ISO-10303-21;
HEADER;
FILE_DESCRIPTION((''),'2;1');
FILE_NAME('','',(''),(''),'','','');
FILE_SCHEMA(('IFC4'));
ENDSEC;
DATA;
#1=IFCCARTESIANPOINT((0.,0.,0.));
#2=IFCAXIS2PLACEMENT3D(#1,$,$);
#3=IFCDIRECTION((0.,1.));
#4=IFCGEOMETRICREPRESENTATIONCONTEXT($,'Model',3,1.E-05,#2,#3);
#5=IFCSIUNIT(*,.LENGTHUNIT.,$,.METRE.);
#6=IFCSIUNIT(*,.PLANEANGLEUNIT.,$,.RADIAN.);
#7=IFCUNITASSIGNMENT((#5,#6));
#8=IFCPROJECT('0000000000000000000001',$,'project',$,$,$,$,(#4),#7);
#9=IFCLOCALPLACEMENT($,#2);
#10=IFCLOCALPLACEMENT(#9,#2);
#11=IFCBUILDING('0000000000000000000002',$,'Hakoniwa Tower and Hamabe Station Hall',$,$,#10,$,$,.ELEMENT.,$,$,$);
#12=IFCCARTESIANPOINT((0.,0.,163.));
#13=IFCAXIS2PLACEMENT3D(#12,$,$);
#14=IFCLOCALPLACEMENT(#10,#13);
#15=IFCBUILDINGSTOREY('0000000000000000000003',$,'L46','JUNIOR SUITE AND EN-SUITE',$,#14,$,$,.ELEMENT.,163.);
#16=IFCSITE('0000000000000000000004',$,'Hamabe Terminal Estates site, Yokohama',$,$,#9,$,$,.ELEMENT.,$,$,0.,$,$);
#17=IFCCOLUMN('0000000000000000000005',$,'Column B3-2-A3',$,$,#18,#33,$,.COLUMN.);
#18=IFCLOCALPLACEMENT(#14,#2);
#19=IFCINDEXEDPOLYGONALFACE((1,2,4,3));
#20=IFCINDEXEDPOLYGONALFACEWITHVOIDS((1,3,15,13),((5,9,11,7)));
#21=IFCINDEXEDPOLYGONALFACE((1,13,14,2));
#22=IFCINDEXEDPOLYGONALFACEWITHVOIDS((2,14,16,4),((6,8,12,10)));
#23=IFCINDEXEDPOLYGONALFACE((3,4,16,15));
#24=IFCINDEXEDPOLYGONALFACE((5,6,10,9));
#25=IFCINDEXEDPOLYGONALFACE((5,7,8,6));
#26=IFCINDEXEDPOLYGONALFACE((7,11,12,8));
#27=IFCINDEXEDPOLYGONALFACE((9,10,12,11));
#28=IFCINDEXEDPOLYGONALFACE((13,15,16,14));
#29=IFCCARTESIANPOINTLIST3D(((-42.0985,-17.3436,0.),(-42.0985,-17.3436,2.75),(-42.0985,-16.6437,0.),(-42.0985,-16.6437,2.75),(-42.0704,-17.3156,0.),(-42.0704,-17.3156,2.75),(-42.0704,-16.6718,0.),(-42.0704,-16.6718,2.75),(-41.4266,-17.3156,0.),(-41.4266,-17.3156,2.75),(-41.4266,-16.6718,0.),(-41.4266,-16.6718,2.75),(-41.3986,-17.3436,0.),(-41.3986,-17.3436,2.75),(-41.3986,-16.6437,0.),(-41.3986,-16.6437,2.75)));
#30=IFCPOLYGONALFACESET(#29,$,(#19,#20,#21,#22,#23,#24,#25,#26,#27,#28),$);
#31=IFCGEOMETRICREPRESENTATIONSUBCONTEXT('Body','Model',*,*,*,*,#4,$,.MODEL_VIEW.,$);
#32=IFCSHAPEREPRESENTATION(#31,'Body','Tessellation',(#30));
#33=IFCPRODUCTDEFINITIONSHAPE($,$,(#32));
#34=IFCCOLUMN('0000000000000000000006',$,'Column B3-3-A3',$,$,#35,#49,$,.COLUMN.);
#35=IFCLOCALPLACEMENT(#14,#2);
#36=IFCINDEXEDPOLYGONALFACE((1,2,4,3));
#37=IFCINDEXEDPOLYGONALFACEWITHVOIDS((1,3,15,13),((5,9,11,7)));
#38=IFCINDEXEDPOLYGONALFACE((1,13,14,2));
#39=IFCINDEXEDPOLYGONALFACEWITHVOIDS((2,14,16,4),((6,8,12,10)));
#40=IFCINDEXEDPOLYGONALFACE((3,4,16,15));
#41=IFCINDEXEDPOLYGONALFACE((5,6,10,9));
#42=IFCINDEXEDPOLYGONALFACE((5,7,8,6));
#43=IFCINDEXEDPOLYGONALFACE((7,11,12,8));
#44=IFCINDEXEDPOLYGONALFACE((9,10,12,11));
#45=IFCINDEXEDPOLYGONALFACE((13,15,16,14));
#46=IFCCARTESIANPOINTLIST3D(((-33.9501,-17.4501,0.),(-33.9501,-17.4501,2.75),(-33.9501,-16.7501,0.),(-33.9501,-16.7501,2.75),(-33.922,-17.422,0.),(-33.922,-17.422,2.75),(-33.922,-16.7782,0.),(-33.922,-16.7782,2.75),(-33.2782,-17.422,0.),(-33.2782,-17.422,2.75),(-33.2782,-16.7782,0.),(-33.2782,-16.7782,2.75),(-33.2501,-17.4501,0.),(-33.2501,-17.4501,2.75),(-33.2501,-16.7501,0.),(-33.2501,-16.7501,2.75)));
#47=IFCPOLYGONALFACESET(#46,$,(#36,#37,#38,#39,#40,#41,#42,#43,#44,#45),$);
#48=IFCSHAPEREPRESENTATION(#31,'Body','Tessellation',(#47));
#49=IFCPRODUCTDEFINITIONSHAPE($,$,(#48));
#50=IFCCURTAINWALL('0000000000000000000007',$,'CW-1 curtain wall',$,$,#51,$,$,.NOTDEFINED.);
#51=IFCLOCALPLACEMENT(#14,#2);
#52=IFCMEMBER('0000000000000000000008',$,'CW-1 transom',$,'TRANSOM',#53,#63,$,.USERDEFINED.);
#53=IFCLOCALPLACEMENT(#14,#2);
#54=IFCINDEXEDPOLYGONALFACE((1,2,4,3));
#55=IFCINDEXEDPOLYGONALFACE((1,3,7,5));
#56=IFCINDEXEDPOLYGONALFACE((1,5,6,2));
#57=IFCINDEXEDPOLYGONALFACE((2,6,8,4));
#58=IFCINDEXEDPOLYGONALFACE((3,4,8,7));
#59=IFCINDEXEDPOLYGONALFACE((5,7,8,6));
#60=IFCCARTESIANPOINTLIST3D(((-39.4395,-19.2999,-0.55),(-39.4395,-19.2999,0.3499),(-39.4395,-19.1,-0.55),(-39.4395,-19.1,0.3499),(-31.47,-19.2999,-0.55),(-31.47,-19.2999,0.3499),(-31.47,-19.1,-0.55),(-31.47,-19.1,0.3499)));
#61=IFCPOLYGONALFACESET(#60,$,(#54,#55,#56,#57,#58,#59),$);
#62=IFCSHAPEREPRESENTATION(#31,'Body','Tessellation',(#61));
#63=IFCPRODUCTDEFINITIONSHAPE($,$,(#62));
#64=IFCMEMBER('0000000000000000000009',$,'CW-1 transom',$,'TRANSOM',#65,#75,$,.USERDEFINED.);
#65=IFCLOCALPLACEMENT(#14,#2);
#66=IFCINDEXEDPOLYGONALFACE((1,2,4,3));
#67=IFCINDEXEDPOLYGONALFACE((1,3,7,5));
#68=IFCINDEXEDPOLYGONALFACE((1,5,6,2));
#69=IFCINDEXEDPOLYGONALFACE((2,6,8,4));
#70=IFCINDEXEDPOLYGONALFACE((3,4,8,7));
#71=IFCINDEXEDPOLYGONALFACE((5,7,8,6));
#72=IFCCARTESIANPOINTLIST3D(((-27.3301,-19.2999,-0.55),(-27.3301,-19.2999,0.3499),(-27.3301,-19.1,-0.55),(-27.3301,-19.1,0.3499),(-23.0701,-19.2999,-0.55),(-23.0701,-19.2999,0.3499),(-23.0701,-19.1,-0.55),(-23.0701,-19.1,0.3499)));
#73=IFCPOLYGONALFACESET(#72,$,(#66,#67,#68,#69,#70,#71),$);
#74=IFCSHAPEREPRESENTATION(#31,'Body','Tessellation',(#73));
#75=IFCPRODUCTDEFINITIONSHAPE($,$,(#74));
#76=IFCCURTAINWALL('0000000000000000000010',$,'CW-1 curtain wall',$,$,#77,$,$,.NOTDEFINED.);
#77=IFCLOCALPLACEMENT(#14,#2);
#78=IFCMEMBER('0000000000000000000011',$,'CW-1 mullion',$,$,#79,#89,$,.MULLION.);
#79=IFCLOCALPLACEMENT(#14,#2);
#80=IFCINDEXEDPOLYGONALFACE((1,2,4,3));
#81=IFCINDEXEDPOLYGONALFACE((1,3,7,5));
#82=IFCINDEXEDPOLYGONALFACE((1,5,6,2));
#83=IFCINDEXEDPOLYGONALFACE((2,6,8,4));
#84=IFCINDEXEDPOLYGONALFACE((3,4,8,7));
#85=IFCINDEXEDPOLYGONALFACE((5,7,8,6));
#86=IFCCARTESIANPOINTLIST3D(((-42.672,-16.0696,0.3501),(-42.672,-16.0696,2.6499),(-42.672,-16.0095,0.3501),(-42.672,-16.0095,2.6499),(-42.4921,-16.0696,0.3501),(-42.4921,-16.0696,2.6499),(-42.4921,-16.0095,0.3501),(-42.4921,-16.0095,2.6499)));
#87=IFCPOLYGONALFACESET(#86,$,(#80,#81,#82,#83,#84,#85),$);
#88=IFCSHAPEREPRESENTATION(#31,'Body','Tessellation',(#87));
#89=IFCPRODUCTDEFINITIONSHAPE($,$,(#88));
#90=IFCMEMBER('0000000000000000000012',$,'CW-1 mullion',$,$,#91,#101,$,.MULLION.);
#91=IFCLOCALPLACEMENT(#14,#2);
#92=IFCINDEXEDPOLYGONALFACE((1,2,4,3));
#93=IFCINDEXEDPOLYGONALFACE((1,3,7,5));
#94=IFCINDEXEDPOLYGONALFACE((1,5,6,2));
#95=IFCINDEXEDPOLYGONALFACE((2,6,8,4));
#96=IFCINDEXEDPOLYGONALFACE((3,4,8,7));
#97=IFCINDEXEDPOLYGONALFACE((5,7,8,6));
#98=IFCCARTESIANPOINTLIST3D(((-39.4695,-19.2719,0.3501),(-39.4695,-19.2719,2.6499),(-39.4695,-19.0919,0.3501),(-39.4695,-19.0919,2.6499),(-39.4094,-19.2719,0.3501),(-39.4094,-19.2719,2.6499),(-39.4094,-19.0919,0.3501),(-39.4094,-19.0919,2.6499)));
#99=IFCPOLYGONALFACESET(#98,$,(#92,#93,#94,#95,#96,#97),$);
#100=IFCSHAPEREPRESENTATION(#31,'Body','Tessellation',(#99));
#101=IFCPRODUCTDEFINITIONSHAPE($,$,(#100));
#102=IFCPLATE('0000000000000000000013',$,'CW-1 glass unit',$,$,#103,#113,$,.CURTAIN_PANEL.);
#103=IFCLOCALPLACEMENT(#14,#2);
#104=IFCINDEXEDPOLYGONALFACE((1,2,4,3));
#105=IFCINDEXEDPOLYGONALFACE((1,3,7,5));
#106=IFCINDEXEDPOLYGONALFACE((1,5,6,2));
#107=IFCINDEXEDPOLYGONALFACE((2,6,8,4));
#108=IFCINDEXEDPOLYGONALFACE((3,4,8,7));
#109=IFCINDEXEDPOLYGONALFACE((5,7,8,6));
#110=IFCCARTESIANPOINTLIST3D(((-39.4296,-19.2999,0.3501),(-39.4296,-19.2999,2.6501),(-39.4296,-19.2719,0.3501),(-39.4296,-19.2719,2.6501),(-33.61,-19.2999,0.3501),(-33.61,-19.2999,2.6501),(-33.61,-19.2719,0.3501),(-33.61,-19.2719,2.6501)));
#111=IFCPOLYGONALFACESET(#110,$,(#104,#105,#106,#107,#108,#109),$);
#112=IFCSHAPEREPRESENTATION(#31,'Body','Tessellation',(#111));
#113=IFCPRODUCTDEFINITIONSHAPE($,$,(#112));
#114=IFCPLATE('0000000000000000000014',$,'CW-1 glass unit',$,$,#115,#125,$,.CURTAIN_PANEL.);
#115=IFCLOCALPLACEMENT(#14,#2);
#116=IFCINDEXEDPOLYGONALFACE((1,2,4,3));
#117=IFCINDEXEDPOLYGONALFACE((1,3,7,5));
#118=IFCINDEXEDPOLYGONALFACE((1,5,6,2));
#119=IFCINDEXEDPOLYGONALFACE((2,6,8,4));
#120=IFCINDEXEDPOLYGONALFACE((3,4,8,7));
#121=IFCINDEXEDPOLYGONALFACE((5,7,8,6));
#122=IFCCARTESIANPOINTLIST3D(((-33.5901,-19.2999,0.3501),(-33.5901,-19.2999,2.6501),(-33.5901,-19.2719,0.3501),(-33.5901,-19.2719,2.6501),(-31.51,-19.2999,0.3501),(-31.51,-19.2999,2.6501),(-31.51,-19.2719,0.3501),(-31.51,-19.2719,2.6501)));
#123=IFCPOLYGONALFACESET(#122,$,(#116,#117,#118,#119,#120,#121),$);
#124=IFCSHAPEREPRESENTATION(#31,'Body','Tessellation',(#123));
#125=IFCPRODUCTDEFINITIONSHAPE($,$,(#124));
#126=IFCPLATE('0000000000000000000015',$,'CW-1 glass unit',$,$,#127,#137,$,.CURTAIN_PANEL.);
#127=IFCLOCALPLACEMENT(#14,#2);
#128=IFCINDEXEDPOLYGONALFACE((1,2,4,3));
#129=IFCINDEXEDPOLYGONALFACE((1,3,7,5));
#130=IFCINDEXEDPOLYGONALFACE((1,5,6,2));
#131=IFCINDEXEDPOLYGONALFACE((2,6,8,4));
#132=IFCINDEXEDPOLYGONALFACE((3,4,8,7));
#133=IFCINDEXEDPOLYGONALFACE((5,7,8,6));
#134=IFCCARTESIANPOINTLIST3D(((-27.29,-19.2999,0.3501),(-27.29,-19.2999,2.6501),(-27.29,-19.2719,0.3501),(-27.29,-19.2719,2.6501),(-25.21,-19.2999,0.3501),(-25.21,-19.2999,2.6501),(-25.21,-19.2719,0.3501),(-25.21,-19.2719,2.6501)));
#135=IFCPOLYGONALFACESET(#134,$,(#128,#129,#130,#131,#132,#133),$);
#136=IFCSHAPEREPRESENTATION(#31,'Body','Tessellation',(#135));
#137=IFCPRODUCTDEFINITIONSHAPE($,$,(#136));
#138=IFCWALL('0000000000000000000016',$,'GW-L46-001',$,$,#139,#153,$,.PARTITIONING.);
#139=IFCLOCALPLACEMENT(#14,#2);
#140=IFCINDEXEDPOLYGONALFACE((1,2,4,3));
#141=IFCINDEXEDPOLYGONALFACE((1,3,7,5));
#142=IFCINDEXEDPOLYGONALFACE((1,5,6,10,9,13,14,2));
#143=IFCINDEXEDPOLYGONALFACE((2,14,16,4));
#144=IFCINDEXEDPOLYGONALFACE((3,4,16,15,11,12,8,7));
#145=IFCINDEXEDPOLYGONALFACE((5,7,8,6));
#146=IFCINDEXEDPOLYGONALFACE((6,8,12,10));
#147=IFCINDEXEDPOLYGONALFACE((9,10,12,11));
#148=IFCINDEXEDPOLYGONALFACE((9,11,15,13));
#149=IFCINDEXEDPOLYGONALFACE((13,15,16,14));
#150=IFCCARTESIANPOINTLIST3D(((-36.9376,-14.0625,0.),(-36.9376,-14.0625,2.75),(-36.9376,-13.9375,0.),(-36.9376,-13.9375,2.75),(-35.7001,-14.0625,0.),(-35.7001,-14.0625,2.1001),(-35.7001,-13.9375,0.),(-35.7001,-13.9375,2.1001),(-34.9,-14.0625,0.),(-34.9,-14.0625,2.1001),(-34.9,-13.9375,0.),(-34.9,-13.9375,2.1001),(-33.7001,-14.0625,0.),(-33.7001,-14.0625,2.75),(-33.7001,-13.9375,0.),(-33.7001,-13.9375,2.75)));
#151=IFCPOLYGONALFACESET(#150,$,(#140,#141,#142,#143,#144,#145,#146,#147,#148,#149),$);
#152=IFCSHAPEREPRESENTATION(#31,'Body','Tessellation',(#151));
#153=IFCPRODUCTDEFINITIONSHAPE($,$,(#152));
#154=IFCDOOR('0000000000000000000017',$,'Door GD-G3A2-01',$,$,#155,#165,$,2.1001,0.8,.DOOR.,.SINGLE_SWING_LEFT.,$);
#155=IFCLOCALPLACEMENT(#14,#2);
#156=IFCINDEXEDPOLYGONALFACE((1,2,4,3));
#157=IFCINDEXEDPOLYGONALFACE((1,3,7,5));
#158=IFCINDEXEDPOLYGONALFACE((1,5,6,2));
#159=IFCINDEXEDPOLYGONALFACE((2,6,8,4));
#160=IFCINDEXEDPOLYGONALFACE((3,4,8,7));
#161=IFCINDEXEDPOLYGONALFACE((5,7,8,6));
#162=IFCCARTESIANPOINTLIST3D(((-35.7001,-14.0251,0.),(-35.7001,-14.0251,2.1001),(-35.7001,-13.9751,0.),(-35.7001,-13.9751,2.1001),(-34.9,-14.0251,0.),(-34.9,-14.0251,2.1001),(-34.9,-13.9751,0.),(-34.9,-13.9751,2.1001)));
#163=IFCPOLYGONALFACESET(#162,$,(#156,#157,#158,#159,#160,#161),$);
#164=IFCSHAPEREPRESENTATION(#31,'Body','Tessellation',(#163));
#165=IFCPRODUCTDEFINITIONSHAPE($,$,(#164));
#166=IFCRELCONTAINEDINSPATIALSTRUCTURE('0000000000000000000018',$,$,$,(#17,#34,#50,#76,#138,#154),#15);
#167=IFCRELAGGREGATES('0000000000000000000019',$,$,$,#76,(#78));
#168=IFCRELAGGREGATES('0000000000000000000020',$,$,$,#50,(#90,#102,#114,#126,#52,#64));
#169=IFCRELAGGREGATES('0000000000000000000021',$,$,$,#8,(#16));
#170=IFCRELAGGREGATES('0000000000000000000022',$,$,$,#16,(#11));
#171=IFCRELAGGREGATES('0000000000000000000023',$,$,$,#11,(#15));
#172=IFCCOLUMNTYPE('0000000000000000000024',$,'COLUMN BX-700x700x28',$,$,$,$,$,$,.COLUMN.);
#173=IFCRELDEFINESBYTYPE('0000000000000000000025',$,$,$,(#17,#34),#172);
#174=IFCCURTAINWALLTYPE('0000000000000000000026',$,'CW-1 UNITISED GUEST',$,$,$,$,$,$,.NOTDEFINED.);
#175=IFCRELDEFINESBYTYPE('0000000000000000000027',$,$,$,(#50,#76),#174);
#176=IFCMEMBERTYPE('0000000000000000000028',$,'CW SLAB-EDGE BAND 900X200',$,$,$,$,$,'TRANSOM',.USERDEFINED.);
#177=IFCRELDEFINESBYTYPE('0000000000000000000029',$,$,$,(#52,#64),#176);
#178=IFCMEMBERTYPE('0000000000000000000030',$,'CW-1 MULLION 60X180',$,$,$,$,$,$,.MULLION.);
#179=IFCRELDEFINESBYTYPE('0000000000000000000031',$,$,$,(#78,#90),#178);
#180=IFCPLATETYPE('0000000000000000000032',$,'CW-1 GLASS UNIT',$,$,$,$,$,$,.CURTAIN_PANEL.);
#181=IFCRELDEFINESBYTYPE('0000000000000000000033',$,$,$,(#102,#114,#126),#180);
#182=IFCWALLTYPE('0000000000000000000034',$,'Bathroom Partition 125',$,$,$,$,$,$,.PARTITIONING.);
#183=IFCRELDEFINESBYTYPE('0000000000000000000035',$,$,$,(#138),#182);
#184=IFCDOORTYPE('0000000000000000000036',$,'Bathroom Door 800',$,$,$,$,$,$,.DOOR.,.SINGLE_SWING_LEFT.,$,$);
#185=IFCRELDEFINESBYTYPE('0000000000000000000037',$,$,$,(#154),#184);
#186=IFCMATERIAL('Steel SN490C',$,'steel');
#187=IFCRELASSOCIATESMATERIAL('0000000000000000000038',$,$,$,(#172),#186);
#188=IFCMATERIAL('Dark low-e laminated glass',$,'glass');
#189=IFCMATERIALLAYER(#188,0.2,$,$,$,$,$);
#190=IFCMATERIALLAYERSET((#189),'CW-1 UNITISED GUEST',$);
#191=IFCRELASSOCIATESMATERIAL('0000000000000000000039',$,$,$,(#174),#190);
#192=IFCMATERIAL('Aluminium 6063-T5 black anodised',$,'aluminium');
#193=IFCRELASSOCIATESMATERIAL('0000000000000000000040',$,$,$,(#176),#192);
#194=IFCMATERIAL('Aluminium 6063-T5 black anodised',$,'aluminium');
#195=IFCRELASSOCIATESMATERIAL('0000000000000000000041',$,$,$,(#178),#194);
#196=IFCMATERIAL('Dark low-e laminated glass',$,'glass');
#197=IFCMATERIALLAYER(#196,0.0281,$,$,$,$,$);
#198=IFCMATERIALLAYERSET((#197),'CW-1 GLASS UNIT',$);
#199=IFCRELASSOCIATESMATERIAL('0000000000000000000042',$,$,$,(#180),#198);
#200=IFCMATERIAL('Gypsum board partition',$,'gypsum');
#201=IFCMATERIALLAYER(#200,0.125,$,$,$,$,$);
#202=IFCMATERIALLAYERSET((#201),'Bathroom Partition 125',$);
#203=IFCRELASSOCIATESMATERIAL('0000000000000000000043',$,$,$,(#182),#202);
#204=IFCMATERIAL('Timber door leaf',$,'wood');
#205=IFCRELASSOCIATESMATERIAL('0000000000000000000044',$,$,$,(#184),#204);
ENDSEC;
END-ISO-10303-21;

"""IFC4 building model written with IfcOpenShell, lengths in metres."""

from ifc_helpers import new_model, si_unit, direction, frame, frame_2d, origin, origin_2d, place, context, subcontext, project, spatial, rectangle, hollow_rectangle, extrude, material, layer, layer_set, material_profile, profile_set, type_object, element, fill, aggregate, save


model = new_model("IFC4")

# Units and contexts
model_context = context("Model", 3, precision=1e-05, world=origin(), true_north=direction((0.0, 1.0)))
body_context = subcontext(model_context, "Body", "Model", "MODEL_VIEW")
ifc_project = project(units=[si_unit("LENGTHUNIT", "METRE"), si_unit("PLANEANGLEUNIT", "RADIAN")], contexts=[model_context])

# Site, building, storey
site_placement = place(None, origin())
site = spatial("IfcSite", under=ifc_project, at=site_placement, Name="Hamabe Terminal Estates site, Yokohama", CompositionType="ELEMENT", RefElevation=0.0)
building_placement = place(site_placement, origin())
building = spatial("IfcBuilding", under=site, at=building_placement, Name="Hakoniwa Tower and Hamabe Station Hall", CompositionType="ELEMENT")
storey_placement = place(building_placement, frame((0.0, 0.0, 163.0)))
storey = spatial("IfcBuildingStorey", under=building, at=storey_placement, Name="L46", Description="JUNIOR SUITE AND EN-SUITE", CompositionType="ELEMENT", Elevation=163.0)

# Columns
ifc_material_1 = material(Name="Steel SN490C", Category="steel")
ifc_material_profile_1 = material_profile(ifc_material_1, hollow_rectangle(XDim=0.7, YDim=0.7, WallThickness=0.0281, at=origin_2d()), Name="BX-700x700x28")
ifc_profile_set_1 = profile_set([ifc_material_profile_1], Name="Steel SN490C")
column_type = type_object("IfcColumnType", Name="COLUMN BX-700x700x28", PredefinedType="COLUMN", material=ifc_profile_set_1)
for number, where, z_axis, x_axis, name in (
    (1, (-41.7485, -16.9937, 0.0), (0.0, 0.0, 1.0), (1.0, 0.0, 0.0), "Column B3-2-A3"),
    (2, (-33.6001, -17.1001, 0.0), (0.0, 0.0, 1.0), (1.0, 0.0, 0.0), "Column B3-3-A3"),
):
    element("IfcColumn", number, at=place(storey_placement, frame(where, z_axis=z_axis, x_axis=x_axis)), inside=storey, type_object=column_type, Name=name, PredefinedType="COLUMN", context=body_context, shape_type="SweptSolid", body=[
        extrude(hollow_rectangle(XDim=0.7, YDim=0.7, WallThickness=0.0281, at=origin_2d()), origin(), (0.0, 0.0, 1.0), 2.75),
    ])

# Curtain wall, members
ifc_material_2 = material(Name="Dark low-e laminated glass", Category="glass")
ifc_layer_1 = layer(ifc_material_2, 0.2)
ifc_layer_set_1 = layer_set([ifc_layer_1], Name="CW-1 UNITISED GUEST")
curtain_wall_type = type_object("IfcCurtainWallType", Name="CW-1 UNITISED GUEST", PredefinedType="NOTDEFINED", material=ifc_layer_set_1)
curtain_wall_1_placement = place(storey_placement, origin())
curtain_wall_1 = element("IfcCurtainWall", 3, at=curtain_wall_1_placement, inside=storey, type_object=curtain_wall_type, Name="CW-1 curtain wall", PredefinedType="NOTDEFINED")
ifc_material_3 = material(Name="Aluminium 6063-T5 black anodised", Category="aluminium")
ifc_material_profile_2 = material_profile(ifc_material_3, rectangle(XDim=0.2, YDim=0.8999, at=origin_2d()), Name="CW SLAB-EDGE BAND 900X200")
ifc_profile_set_2 = profile_set([ifc_material_profile_2], Name="Aluminium 6063-T5 black anodised")
member_type_1 = type_object("IfcMemberType", Name="CW SLAB-EDGE BAND 900X200", ElementType="TRANSOM", PredefinedType="USERDEFINED", material=ifc_profile_set_2)
member_1_placement = place(storey_placement, frame((-39.4395, -19.2, -0.1001), z_axis=(1.0, 0.0, 0.0), x_axis=(0.0, 1.0, 0.0)))
member_1 = element("IfcMember", 4, at=member_1_placement, type_object=member_type_1, Name="CW-1 transom", ObjectType="TRANSOM", PredefinedType="USERDEFINED", context=body_context, shape_type="SweptSolid", body=[
    extrude(rectangle(XDim=0.2, YDim=0.8999, at=origin_2d()), origin(), (0.0, 0.0, 1.0), 7.9695),
])
member_2_placement = place(storey_placement, frame((-27.3301, -19.2, -0.1001), z_axis=(1.0, 0.0, 0.0), x_axis=(0.0, 1.0, 0.0)))
member_2 = element("IfcMember", 5, at=member_2_placement, type_object=member_type_1, Name="CW-1 transom", ObjectType="TRANSOM", PredefinedType="USERDEFINED", context=body_context, shape_type="SweptSolid", body=[
    extrude(rectangle(XDim=0.2, YDim=0.8999, at=origin_2d()), origin(), (0.0, 0.0, 1.0), 4.26),
])

# Curtain wall, member
curtain_wall_2_placement = place(storey_placement, origin())
curtain_wall_2 = element("IfcCurtainWall", 6, at=curtain_wall_2_placement, inside=storey, type_object=curtain_wall_type, Name="CW-1 curtain wall", PredefinedType="NOTDEFINED")
ifc_material_4 = material(Name="Aluminium 6063-T5 black anodised", Category="aluminium")
ifc_material_profile_3 = material_profile(ifc_material_4, rectangle(XDim=0.0601, YDim=0.1799, at=origin_2d()), Name="CW-1 MULLION 60X180")
ifc_profile_set_3 = profile_set([ifc_material_profile_3], Name="Aluminium 6063-T5 black anodised")
member_type_2 = type_object("IfcMemberType", Name="CW-1 MULLION 60X180", PredefinedType="MULLION", material=ifc_profile_set_3)
member_3_placement = place(storey_placement, frame((-42.582, -16.0396, 0.3501), z_axis=(0.0, 0.0, 1.0), x_axis=(0.0, -1.0, 0.0)))
member_3 = element("IfcMember", 7, at=member_3_placement, type_object=member_type_2, Name="CW-1 mullion", PredefinedType="MULLION", context=body_context, shape_type="SweptSolid", body=[
    extrude(rectangle(XDim=0.0601, YDim=0.1799, at=origin_2d()), origin(), (0.0, 0.0, 1.0), 2.2998),
])
aggregate(curtain_wall_2, [member_3])

# Member
member_4_placement = place(storey_placement, frame((-39.4395, -19.1819, 0.3501), z_axis=(0.0, 0.0, 1.0), x_axis=(1.0, 0.0, 0.0)))
member_4 = element("IfcMember", 8, at=member_4_placement, type_object=member_type_2, Name="CW-1 mullion", PredefinedType="MULLION", context=body_context, shape_type="SweptSolid", body=[
    extrude(rectangle(XDim=0.0601, YDim=0.1799, at=origin_2d()), origin(), (0.0, 0.0, 1.0), 2.2998),
])

# Plates
ifc_material_5 = material(Name="Dark low-e laminated glass", Category="glass")
ifc_layer_2 = layer(ifc_material_5, 0.0281)
ifc_layer_set_2 = layer_set([ifc_layer_2], Name="CW-1 GLASS UNIT")
plate_type = type_object("IfcPlateType", Name="CW-1 GLASS UNIT", PredefinedType="CURTAIN_PANEL", material=ifc_layer_set_2)
plate_1_placement = place(storey_placement, frame((-36.5198, -19.2859, 0.3501), z_axis=(0.0, 0.0, 1.0), x_axis=(1.0, 0.0, 0.0)))
plate_1 = element("IfcPlate", 9, at=plate_1_placement, type_object=plate_type, Name="CW-1 glass unit", PredefinedType="CURTAIN_PANEL", context=body_context, shape_type="SweptSolid", body=[
    extrude(rectangle(XDim=5.8196, YDim=0.0281, at=origin_2d()), origin(), (0.0, 0.0, 1.0), 2.3),
])
plate_2_placement = place(storey_placement, frame((-32.55, -19.2859, 0.3501), z_axis=(0.0, 0.0, 1.0), x_axis=(1.0, 0.0, 0.0)))
plate_2 = element("IfcPlate", 10, at=plate_2_placement, type_object=plate_type, Name="CW-1 glass unit", PredefinedType="CURTAIN_PANEL", context=body_context, shape_type="SweptSolid", body=[
    extrude(rectangle(XDim=2.0801, YDim=0.0281, at=origin_2d()), origin(), (0.0, 0.0, 1.0), 2.3),
])
plate_3_placement = place(storey_placement, frame((-26.25, -19.2859, 0.3501), z_axis=(0.0, 0.0, 1.0), x_axis=(1.0, 0.0, 0.0)))
plate_3 = element("IfcPlate", 11, at=plate_3_placement, type_object=plate_type, Name="CW-1 glass unit", PredefinedType="CURTAIN_PANEL", context=body_context, shape_type="SweptSolid", body=[
    extrude(rectangle(XDim=2.0801, YDim=0.0281, at=origin_2d()), origin(), (0.0, 0.0, 1.0), 2.3),
])

# Wall, opening, door
ifc_material_6 = material(Name="Gypsum board partition", Category="gypsum")
ifc_layer_3 = layer(ifc_material_6, 0.125)
ifc_layer_set_3 = layer_set([ifc_layer_3], Name="Bathroom Partition 125")
wall_type_1 = type_object("IfcWallType", Name="Bathroom Partition 125", PredefinedType="PARTITIONING", material=ifc_layer_set_3)
wall_1_placement = place(storey_placement, frame((-36.9375, -14.0, 0.0), z_axis=(0.0, 0.0, 1.0), x_axis=(1.0, 0.0, 0.0)))
wall_1 = element("IfcWall", 12, at=wall_1_placement, inside=storey, type_object=wall_type_1, Name="GW-L46-001", PredefinedType="PARTITIONING", context=body_context, shape_type="SweptSolid", body=[
    extrude(rectangle(XDim=3.2375, YDim=0.125, at=frame_2d((1.6187, 0.0))), origin(), (0.0, 0.0, 1.0), 2.75),
])
opening_1_placement = place(wall_1_placement, frame((1.2375, 0.0, 0.0)))
opening_1 = element("IfcOpeningElement", 13, at=opening_1_placement, cuts=wall_1, PredefinedType="OPENING", context=body_context, shape_type="SweptSolid", body=[
    extrude(rectangle(XDim=0.8, YDim=2.1001, at=frame_2d((0.3999, 1.05))), frame((0.0, 0.0725, 0.0), z_axis=(0.0, -1.0, 0.0), x_axis=(1.0, 0.0, 0.0)), (0.0, 0.0, 1.0), 0.145),
])
ifc_material_7 = material(Name="Timber door leaf", Category="wood")
door_type_1 = type_object("IfcDoorType", Name="Bathroom Door 800", OperationType="SINGLE_SWING_LEFT", PredefinedType="DOOR", material=ifc_material_7)
door_1_placement = place(opening_1_placement, origin())
door_1 = element("IfcDoor", 14, at=door_1_placement, inside=storey, type_object=door_type_1, Name="Door GD-G3A2-01", OperationType="SINGLE_SWING_LEFT", OverallHeight=2.1001, OverallWidth=0.8, PredefinedType="DOOR", context=body_context, shape_type="SweptSolid", body=[
    extrude(rectangle(XDim=0.8, YDim=2.1001, at=frame_2d((0.3999, 1.05))), frame((0.0, 0.0249, 0.0), z_axis=(0.0, -1.0, 0.0), x_axis=(1.0, 0.0, 0.0)), (0.0, 0.0, 1.0), 0.05),
])
fill(opening_1, door_1)

aggregate(curtain_wall_1, [member_4, plate_1, plate_2, plate_3, member_1, member_2])

save(model, "model.ifc")
